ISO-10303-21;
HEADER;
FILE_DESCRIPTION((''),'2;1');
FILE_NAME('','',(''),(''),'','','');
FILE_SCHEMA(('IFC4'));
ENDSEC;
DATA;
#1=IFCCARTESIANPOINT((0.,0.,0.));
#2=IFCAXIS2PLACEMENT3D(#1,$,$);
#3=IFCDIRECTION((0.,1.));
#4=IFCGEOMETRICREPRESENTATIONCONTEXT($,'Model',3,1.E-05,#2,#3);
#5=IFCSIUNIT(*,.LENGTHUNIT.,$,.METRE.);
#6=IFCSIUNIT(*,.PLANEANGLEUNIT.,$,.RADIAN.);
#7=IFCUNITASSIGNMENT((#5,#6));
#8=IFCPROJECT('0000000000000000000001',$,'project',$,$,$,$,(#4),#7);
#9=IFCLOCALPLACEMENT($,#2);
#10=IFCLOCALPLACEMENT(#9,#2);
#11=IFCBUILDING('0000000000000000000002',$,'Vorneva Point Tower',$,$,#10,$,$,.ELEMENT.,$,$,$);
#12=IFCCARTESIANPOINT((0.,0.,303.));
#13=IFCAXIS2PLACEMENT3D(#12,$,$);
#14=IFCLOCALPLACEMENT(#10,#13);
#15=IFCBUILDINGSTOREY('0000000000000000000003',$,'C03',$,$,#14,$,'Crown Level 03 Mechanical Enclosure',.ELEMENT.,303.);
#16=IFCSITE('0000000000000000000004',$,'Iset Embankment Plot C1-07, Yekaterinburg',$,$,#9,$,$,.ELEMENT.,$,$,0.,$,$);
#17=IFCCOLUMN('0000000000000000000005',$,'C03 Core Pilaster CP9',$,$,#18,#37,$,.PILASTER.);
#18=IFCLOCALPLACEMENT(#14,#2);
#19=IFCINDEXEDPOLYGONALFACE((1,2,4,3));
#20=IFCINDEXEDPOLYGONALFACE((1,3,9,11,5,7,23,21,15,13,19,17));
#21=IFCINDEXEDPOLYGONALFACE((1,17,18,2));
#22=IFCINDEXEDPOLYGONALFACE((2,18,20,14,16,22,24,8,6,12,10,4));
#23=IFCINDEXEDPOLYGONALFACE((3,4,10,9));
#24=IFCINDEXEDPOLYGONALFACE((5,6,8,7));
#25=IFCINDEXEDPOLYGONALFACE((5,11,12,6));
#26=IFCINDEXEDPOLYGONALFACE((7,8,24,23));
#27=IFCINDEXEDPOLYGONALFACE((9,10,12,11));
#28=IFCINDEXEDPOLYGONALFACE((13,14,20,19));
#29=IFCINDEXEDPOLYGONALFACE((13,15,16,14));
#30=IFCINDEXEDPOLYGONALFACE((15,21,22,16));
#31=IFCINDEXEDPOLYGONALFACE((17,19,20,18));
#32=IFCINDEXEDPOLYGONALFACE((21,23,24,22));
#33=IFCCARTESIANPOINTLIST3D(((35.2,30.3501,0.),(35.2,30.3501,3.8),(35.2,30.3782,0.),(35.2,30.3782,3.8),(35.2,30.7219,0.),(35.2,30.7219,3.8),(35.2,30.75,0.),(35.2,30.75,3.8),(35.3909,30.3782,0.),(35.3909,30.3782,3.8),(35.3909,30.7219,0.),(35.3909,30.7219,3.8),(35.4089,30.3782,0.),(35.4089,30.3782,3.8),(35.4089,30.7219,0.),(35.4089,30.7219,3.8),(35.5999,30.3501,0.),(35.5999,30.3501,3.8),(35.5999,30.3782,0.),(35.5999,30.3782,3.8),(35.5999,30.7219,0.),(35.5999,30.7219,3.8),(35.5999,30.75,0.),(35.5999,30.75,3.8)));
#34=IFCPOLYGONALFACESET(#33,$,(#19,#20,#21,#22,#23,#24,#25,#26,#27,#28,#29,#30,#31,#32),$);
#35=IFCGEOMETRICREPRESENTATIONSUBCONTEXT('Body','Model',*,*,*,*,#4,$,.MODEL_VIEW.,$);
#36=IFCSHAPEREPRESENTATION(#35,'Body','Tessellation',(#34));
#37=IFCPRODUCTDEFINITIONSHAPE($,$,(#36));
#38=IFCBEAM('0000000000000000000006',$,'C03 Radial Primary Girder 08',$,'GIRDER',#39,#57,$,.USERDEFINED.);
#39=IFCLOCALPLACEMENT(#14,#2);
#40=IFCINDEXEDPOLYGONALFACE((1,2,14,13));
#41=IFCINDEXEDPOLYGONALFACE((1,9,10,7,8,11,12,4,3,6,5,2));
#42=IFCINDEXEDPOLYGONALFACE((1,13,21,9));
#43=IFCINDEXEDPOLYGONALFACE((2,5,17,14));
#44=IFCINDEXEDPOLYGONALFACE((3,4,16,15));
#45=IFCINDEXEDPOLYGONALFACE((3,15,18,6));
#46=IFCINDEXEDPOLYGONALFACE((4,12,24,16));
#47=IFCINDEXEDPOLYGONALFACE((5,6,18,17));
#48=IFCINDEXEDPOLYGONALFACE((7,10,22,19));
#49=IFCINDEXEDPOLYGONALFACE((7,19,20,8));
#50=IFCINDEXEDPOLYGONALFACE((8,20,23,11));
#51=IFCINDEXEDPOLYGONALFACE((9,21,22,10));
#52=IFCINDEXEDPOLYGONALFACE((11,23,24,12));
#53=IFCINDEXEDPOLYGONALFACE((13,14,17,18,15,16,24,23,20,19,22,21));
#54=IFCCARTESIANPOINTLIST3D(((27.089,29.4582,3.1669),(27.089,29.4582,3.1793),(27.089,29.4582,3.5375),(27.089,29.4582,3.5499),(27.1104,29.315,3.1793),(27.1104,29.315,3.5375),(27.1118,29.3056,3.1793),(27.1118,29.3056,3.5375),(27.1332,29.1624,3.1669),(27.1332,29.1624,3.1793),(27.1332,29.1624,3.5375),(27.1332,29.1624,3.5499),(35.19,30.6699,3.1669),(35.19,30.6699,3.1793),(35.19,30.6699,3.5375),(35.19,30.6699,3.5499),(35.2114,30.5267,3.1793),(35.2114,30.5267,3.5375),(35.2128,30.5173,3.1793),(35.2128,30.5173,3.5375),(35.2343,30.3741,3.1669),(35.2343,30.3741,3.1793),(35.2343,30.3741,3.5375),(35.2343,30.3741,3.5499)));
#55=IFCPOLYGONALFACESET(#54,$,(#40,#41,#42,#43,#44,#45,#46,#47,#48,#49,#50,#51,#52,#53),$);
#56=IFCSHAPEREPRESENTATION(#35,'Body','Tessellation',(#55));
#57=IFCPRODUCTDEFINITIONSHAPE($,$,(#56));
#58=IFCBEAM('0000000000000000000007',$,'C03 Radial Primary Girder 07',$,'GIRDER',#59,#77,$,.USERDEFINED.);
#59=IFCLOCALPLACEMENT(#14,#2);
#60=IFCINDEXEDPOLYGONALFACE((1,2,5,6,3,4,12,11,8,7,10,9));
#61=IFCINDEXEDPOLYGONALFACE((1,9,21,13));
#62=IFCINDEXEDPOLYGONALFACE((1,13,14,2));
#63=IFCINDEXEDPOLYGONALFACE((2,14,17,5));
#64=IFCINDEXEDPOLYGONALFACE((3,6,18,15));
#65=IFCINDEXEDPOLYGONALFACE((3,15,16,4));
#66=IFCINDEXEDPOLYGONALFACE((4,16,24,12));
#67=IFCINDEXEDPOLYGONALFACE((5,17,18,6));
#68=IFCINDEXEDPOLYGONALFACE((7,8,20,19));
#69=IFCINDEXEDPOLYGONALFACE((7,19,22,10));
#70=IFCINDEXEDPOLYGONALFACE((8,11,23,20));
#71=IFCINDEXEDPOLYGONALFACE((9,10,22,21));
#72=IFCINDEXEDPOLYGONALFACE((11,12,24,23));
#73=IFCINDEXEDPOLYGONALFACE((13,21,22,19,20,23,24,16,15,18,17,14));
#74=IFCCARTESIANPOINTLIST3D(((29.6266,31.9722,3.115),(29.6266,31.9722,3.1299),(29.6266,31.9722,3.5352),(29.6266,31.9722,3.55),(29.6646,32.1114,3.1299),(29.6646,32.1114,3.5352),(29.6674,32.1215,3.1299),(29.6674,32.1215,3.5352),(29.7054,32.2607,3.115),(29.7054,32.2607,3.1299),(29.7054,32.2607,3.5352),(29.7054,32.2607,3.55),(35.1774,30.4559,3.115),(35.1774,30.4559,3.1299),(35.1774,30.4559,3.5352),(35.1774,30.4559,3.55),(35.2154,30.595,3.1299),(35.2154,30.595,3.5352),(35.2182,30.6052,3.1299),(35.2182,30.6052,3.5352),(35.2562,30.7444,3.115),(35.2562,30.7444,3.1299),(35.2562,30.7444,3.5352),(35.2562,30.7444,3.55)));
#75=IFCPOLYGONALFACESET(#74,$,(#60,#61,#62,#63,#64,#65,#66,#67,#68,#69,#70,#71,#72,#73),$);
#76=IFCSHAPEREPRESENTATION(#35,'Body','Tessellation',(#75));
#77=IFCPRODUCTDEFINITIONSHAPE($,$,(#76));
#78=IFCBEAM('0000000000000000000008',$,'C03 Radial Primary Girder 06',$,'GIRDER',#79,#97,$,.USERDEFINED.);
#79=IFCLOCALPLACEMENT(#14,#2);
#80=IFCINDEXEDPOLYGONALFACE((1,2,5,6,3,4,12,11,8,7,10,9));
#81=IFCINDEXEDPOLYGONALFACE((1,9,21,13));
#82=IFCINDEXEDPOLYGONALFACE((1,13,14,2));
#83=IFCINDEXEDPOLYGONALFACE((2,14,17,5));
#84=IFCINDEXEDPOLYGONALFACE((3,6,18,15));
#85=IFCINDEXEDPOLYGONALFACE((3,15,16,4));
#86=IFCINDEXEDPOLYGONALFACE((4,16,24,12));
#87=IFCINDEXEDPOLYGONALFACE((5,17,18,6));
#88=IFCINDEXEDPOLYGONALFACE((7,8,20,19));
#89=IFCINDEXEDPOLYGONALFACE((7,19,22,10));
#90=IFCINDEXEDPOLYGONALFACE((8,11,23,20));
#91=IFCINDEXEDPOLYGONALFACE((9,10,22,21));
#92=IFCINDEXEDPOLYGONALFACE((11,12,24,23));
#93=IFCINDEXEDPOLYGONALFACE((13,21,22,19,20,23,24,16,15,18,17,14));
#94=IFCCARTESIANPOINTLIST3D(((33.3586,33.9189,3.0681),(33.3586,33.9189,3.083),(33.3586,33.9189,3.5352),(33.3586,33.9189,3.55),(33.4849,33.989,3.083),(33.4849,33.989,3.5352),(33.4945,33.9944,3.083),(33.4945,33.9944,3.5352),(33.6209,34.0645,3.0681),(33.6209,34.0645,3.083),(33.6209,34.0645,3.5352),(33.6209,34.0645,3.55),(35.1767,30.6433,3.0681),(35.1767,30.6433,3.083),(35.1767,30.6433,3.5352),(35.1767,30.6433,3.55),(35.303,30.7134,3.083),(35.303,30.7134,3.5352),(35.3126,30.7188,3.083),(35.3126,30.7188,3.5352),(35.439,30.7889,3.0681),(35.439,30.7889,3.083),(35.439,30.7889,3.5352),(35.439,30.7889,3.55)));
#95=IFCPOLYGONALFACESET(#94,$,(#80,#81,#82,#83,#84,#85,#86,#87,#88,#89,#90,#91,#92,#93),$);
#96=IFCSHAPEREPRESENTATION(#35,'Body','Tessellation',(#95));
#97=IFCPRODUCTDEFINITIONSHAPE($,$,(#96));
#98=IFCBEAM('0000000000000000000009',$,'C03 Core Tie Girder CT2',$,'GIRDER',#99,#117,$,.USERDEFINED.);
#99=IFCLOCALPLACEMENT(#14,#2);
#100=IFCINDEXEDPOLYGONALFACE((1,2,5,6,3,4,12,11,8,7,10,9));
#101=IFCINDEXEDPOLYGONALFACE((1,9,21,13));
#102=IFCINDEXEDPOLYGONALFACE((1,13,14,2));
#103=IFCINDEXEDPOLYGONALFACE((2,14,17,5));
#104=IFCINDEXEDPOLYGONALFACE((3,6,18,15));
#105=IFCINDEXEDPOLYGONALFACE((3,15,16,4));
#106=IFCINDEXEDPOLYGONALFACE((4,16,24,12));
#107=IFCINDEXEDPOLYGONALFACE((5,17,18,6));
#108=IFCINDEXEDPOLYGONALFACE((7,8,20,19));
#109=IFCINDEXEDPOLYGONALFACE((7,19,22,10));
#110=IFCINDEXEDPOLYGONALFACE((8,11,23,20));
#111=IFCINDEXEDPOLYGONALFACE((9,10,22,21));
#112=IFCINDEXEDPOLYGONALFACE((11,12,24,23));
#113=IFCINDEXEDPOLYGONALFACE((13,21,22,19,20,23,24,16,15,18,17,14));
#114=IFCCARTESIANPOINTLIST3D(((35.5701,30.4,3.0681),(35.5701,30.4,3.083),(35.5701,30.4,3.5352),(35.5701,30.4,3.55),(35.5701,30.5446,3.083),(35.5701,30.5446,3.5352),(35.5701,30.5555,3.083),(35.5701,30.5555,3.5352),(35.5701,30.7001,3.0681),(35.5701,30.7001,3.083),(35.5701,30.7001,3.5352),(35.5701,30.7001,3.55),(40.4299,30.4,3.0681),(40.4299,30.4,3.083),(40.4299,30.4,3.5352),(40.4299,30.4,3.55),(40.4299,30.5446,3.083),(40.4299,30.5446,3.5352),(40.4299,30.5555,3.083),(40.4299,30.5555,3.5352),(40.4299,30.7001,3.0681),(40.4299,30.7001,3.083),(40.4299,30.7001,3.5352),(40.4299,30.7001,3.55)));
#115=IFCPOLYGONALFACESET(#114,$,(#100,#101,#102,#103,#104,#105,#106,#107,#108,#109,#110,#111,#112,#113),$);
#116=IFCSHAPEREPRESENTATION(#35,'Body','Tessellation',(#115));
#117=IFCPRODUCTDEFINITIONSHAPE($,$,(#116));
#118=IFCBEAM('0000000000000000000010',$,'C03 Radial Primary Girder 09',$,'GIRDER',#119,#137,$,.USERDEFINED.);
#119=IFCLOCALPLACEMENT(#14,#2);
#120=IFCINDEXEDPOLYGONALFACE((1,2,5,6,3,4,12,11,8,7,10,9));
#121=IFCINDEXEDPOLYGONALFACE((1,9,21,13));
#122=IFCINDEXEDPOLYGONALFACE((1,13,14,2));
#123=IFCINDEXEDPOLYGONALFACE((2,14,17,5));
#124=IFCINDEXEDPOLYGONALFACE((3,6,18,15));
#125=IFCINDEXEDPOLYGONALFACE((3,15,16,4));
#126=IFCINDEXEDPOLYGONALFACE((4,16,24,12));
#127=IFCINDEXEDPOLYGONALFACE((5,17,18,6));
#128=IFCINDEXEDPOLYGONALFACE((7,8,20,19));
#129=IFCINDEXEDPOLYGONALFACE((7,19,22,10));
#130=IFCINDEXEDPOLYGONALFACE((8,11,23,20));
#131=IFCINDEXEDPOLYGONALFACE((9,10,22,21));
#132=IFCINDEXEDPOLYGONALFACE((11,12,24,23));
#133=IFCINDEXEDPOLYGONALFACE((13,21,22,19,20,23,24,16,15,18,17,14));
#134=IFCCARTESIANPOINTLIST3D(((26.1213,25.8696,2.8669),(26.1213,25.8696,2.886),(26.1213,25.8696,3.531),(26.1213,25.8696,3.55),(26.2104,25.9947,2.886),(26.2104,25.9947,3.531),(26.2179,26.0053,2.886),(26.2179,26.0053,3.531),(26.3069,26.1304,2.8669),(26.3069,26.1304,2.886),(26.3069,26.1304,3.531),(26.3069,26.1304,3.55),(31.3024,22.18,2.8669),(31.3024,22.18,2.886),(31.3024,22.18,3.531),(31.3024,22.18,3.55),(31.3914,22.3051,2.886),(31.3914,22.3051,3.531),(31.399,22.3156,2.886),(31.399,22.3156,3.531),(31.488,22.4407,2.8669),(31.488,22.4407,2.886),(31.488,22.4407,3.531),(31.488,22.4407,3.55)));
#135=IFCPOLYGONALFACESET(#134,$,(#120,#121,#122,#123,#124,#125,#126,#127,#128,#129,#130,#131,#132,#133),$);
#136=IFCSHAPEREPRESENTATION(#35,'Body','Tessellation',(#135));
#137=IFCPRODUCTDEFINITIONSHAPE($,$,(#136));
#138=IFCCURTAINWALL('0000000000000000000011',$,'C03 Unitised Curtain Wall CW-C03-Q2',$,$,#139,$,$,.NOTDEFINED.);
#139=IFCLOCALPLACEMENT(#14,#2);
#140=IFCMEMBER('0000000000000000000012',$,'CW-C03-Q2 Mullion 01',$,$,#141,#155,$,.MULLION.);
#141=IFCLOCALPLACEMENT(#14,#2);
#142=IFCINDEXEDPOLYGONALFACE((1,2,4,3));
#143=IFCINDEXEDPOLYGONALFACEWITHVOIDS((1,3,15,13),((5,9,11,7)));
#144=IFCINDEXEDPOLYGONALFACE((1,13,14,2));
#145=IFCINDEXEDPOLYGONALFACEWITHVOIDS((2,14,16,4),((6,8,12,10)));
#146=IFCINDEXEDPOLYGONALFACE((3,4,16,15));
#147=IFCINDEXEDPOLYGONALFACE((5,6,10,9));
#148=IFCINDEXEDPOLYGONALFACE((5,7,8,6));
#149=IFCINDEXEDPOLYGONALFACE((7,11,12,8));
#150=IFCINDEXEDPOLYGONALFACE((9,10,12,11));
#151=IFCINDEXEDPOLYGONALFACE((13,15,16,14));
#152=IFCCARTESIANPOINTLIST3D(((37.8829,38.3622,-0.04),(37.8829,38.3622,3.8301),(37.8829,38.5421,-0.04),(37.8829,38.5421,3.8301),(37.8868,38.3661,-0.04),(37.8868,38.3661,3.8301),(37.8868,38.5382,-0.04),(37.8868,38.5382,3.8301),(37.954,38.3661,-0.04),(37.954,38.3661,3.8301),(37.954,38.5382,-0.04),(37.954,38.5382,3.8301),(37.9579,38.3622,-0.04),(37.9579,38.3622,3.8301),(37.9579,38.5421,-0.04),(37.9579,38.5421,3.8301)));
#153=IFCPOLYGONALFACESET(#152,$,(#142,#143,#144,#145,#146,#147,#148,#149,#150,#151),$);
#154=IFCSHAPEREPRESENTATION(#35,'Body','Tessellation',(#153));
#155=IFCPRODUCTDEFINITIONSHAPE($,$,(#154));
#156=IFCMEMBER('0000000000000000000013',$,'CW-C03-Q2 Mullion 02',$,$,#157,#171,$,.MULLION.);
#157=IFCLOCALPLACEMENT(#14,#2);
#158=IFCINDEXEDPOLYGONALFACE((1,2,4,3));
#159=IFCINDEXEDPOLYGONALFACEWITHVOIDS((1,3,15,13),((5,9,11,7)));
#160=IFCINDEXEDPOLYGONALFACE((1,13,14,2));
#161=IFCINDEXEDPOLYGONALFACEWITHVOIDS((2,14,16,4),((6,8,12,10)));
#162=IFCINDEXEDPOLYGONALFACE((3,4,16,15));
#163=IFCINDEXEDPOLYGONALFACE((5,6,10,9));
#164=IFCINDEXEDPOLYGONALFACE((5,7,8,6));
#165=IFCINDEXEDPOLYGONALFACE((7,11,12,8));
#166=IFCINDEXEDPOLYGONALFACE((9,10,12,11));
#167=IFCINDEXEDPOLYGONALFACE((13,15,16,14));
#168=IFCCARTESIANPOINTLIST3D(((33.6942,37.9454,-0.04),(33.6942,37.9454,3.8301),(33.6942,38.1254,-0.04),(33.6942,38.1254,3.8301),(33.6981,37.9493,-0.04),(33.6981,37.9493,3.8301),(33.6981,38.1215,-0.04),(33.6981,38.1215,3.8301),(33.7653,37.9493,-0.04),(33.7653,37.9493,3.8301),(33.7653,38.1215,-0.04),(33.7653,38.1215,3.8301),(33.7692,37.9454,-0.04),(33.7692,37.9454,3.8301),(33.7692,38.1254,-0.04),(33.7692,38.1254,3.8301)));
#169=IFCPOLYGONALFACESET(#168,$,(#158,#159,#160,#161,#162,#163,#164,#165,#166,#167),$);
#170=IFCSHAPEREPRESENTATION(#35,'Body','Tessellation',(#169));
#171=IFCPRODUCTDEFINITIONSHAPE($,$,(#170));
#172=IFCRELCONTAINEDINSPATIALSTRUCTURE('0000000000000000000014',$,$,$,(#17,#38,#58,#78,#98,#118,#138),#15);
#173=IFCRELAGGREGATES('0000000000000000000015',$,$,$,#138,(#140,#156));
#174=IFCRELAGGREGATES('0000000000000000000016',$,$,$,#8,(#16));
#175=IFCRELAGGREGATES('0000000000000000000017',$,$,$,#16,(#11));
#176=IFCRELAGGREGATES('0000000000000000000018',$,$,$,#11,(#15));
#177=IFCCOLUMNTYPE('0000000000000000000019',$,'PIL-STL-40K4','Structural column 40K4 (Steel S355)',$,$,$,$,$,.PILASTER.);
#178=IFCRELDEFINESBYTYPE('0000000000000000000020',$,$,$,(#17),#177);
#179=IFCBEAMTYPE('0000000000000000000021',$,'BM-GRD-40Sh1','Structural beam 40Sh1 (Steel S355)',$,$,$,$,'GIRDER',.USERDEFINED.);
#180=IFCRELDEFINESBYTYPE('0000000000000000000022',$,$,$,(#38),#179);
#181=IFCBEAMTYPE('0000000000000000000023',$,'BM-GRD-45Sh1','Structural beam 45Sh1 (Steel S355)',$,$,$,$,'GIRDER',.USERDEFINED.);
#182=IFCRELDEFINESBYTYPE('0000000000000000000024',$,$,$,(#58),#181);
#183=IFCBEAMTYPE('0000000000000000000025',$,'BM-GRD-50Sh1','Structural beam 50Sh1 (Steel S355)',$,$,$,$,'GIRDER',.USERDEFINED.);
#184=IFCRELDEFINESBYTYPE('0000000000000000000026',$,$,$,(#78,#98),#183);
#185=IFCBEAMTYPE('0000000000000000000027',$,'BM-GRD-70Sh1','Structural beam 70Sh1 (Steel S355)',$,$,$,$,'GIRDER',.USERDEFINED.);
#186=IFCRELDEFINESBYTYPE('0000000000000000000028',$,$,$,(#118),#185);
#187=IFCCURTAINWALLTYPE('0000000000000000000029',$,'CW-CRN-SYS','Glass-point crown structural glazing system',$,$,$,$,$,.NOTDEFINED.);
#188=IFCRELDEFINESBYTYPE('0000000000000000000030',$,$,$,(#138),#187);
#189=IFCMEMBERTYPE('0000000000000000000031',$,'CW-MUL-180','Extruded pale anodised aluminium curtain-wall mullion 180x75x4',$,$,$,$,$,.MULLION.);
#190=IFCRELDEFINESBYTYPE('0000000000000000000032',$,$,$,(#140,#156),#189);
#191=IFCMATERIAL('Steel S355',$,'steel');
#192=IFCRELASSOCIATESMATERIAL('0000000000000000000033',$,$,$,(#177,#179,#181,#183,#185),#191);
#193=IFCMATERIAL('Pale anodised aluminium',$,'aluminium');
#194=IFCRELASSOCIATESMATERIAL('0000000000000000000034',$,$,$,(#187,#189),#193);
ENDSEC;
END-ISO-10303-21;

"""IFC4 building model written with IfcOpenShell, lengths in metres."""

from ifc_helpers import new_model, si_unit, direction, frame, origin, origin_2d, place, context, subcontext, project, spatial, hollow_rectangle, i_section, extrude, material, material_profile, profile_set, type_object, element, aggregate, save


model = new_model("IFC4")

# Units and contexts
model_context = context("Model", 3, precision=1e-05, world=origin(), true_north=direction((0.0, 1.0)))
body_context = subcontext(model_context, "Body", "Model", "MODEL_VIEW")
ifc_project = project(units=[si_unit("LENGTHUNIT", "METRE"), si_unit("PLANEANGLEUNIT", "RADIAN")], contexts=[model_context])

# Site, building, storey
site_placement = place(None, origin())
site = spatial("IfcSite", under=ifc_project, at=site_placement, Name="Iset Embankment Plot C1-07, Yekaterinburg", CompositionType="ELEMENT", RefElevation=0.0)
building_placement = place(site_placement, origin())
building = spatial("IfcBuilding", under=site, at=building_placement, Name="Vorneva Point Tower", CompositionType="ELEMENT")
storey_placement = place(building_placement, frame((0.0, 0.0, 303.0)))
storey = spatial("IfcBuildingStorey", under=building, at=storey_placement, Name="C03", LongName="Crown Level 03 Mechanical Enclosure", CompositionType="ELEMENT", Elevation=303.0)

# Column
ifc_material_1 = material(Name="Steel S355", Category="steel")
ifc_material_profile_1 = material_profile(ifc_material_1, i_section(OverallWidth=0.3999, OverallDepth=0.3999, WebThickness=0.0181, FlangeThickness=0.0281, at=origin_2d()), Name="40K4")
ifc_profile_set_1 = profile_set([ifc_material_profile_1], Name="Steel S355")
column_type = type_object("IfcColumnType", Name="PIL-STL-40K4", Description="Structural column 40K4 (Steel S355)", PredefinedType="PILASTER", material=ifc_profile_set_1)
column_placement = place(storey_placement, frame((35.3999, 30.55, 0.0), z_axis=(0.0, 0.0, 1.0), x_axis=(1.0, 0.0, 0.0)))
element("IfcColumn", 1, at=column_placement, inside=storey, type_object=column_type, Name="C03 Core Pilaster CP9", PredefinedType="PILASTER", context=body_context, shape_type="SweptSolid", body=[
    extrude(i_section(OverallWidth=0.3999, OverallDepth=0.3999, WebThickness=0.0181, FlangeThickness=0.0281, at=origin_2d()), origin(), (0.0, 0.0, 1.0), 3.8),
])

# Beams
ifc_material_profile_2 = material_profile(ifc_material_1, i_section(OverallWidth=0.2991, OverallDepth=0.3831, WebThickness=0.0095, FlangeThickness=0.0125, at=origin_2d()), Name="40Sh1")
ifc_profile_set_2 = profile_set([ifc_material_profile_2], Name="Steel S355")
beam_type_1 = type_object("IfcBeamType", Name="BM-GRD-40Sh1", Description="Structural beam 40Sh1 (Steel S355)", ElementType="GIRDER", PredefinedType="USERDEFINED", material=ifc_profile_set_2)
beam_1_placement = place(storey_placement, frame((27.1111, 29.3103, 3.3584), z_axis=(0.988999, 0.147924, 0.0), x_axis=(-0.147924, 0.988999, 0.0)))
element("IfcBeam", 2, at=beam_1_placement, inside=storey, type_object=beam_type_1, Name="C03 Radial Primary Girder 08", ObjectType="GIRDER", PredefinedType="USERDEFINED", context=body_context, shape_type="SweptSolid", body=[
    extrude(i_section(OverallWidth=0.2991, OverallDepth=0.3831, WebThickness=0.0095, FlangeThickness=0.0125, at=origin_2d()), origin(), (0.0, 0.0, 1.0), 8.1912),
])
ifc_material_profile_3 = material_profile(ifc_material_1, i_section(OverallWidth=0.2991, OverallDepth=0.4351, WebThickness=0.0105, FlangeThickness=0.0149, at=origin_2d()), Name="45Sh1")
ifc_profile_set_3 = profile_set([ifc_material_profile_3], Name="Steel S355")
beam_type_2 = type_object("IfcBeamType", Name="BM-GRD-45Sh1", Description="Structural beam 45Sh1 (Steel S355)", ElementType="GIRDER", PredefinedType="USERDEFINED", material=ifc_profile_set_3)
beam_2_placement = place(storey_placement, frame((29.666, 32.1165, 3.3325), z_axis=(0.964653, -0.263523, 0.0), x_axis=(0.263523, 0.964653, 0.0)))
element("IfcBeam", 3, at=beam_2_placement, inside=storey, type_object=beam_type_2, Name="C03 Radial Primary Girder 07", ObjectType="GIRDER", PredefinedType="USERDEFINED", context=body_context, shape_type="SweptSolid", body=[
    extrude(i_section(OverallWidth=0.2991, OverallDepth=0.4351, WebThickness=0.0105, FlangeThickness=0.0149, at=origin_2d()), origin(), (0.0, 0.0, 1.0), 5.7542),
])
ifc_material_profile_4 = material_profile(ifc_material_1, i_section(OverallWidth=0.3, OverallDepth=0.4819, WebThickness=0.011, FlangeThickness=0.0149, at=origin_2d()), Name="50Sh1")
ifc_profile_set_4 = profile_set([ifc_material_profile_4], Name="Steel S355")
beam_type_3 = type_object("IfcBeamType", Name="BM-GRD-50Sh1", Description="Structural beam 50Sh1 (Steel S355)", ElementType="GIRDER", PredefinedType="USERDEFINED", material=ifc_profile_set_4)
beam_3_placement = place(storey_placement, frame((33.4897, 33.9917, 3.3091), z_axis=(0.4853, -0.874348, 0.0), x_axis=(0.874348, 0.4853, 0.0)))
element("IfcBeam", 4, at=beam_3_placement, inside=storey, type_object=beam_type_3, Name="C03 Radial Primary Girder 06", ObjectType="GIRDER", PredefinedType="USERDEFINED", context=body_context, shape_type="SweptSolid", body=[
    extrude(i_section(OverallWidth=0.3, OverallDepth=0.4819, WebThickness=0.011, FlangeThickness=0.0149, at=origin_2d()), origin(), (0.0, 0.0, 1.0), 3.7463),
])
beam_4_placement = place(storey_placement, frame((35.5701, 30.55, 3.3091), z_axis=(1.0, 0.0, 0.0), x_axis=(0.0, 1.0, 0.0)))
element("IfcBeam", 5, at=beam_4_placement, inside=storey, type_object=beam_type_3, Name="C03 Core Tie Girder CT2", ObjectType="GIRDER", PredefinedType="USERDEFINED", context=body_context, shape_type="SweptSolid", body=[
    extrude(i_section(OverallWidth=0.3, OverallDepth=0.4819, WebThickness=0.011, FlangeThickness=0.0149, at=origin_2d()), origin(), (0.0, 0.0, 1.0), 4.8599),
])
ifc_material_profile_5 = material_profile(ifc_material_1, i_section(OverallWidth=0.3201, OverallDepth=0.6831, WebThickness=0.0129, FlangeThickness=0.019, at=origin_2d()), Name="70Sh1")
ifc_profile_set_5 = profile_set([ifc_material_profile_5], Name="Steel S355")
beam_type_4 = type_object("IfcBeamType", Name="BM-GRD-70Sh1", Description="Structural beam 70Sh1 (Steel S355)", ElementType="GIRDER", PredefinedType="USERDEFINED", material=ifc_profile_set_5)
beam_5_placement = place(storey_placement, frame((26.2141, 26.0, 3.2085), z_axis=(0.81456, -0.580079, 0.0), x_axis=(0.580079, 0.81456, 0.0)))
element("IfcBeam", 6, at=beam_5_placement, inside=storey, type_object=beam_type_4, Name="C03 Radial Primary Girder 09", ObjectType="GIRDER", PredefinedType="USERDEFINED", context=body_context, shape_type="SweptSolid", body=[
    extrude(i_section(OverallWidth=0.3201, OverallDepth=0.6831, WebThickness=0.0129, FlangeThickness=0.019, at=origin_2d()), origin(), (0.0, 0.0, 1.0), 6.3606),
])

# Curtain wall, members
ifc_material_2 = material(Name="Pale anodised aluminium", Category="aluminium")
curtain_wall_type = type_object("IfcCurtainWallType", Name="CW-CRN-SYS", Description="Glass-point crown structural glazing system", PredefinedType="NOTDEFINED", material=ifc_material_2)
curtain_wall_placement = place(storey_placement, origin())
curtain_wall = element("IfcCurtainWall", 7, at=curtain_wall_placement, inside=storey, type_object=curtain_wall_type, Name="C03 Unitised Curtain Wall CW-C03-Q2", PredefinedType="NOTDEFINED")
ifc_material_profile_6 = material_profile(ifc_material_2, hollow_rectangle(XDim=0.075, YDim=0.1799, WallThickness=0.0039, at=origin_2d()), Name="AL-MUL 180x75x4")
ifc_profile_set_6 = profile_set([ifc_material_profile_6], Name="Pale anodised aluminium")
member_type_1 = type_object("IfcMemberType", Name="CW-MUL-180", Description="Extruded pale anodised aluminium curtain-wall mullion 180x75x4", PredefinedType="MULLION", material=ifc_profile_set_6)
member_1_placement = place(storey_placement, frame((37.9204, 38.4521, -0.04), z_axis=(0.0, 0.0, 1.0), x_axis=(1.0, 0.0, 0.0)))
member_1 = element("IfcMember", 8, at=member_1_placement, type_object=member_type_1, Name="CW-C03-Q2 Mullion 01", PredefinedType="MULLION", context=body_context, shape_type="SweptSolid", body=[
    extrude(hollow_rectangle(XDim=0.075, YDim=0.1799, WallThickness=0.0039, at=origin_2d()), origin(), (0.0, 0.0, 1.0), 3.8701),
])
member_2_placement = place(storey_placement, frame((33.7317, 38.0354, -0.04), z_axis=(0.0, 0.0, 1.0), x_axis=(1.0, 0.0, 0.0)))
member_2 = element("IfcMember", 9, at=member_2_placement, type_object=member_type_1, Name="CW-C03-Q2 Mullion 02", PredefinedType="MULLION", context=body_context, shape_type="SweptSolid", body=[
    extrude(hollow_rectangle(XDim=0.075, YDim=0.1799, WallThickness=0.0039, at=origin_2d()), origin(), (0.0, 0.0, 1.0), 3.8701),
])

aggregate(curtain_wall, [member_1, member_2])

save(model, "model.ifc")
